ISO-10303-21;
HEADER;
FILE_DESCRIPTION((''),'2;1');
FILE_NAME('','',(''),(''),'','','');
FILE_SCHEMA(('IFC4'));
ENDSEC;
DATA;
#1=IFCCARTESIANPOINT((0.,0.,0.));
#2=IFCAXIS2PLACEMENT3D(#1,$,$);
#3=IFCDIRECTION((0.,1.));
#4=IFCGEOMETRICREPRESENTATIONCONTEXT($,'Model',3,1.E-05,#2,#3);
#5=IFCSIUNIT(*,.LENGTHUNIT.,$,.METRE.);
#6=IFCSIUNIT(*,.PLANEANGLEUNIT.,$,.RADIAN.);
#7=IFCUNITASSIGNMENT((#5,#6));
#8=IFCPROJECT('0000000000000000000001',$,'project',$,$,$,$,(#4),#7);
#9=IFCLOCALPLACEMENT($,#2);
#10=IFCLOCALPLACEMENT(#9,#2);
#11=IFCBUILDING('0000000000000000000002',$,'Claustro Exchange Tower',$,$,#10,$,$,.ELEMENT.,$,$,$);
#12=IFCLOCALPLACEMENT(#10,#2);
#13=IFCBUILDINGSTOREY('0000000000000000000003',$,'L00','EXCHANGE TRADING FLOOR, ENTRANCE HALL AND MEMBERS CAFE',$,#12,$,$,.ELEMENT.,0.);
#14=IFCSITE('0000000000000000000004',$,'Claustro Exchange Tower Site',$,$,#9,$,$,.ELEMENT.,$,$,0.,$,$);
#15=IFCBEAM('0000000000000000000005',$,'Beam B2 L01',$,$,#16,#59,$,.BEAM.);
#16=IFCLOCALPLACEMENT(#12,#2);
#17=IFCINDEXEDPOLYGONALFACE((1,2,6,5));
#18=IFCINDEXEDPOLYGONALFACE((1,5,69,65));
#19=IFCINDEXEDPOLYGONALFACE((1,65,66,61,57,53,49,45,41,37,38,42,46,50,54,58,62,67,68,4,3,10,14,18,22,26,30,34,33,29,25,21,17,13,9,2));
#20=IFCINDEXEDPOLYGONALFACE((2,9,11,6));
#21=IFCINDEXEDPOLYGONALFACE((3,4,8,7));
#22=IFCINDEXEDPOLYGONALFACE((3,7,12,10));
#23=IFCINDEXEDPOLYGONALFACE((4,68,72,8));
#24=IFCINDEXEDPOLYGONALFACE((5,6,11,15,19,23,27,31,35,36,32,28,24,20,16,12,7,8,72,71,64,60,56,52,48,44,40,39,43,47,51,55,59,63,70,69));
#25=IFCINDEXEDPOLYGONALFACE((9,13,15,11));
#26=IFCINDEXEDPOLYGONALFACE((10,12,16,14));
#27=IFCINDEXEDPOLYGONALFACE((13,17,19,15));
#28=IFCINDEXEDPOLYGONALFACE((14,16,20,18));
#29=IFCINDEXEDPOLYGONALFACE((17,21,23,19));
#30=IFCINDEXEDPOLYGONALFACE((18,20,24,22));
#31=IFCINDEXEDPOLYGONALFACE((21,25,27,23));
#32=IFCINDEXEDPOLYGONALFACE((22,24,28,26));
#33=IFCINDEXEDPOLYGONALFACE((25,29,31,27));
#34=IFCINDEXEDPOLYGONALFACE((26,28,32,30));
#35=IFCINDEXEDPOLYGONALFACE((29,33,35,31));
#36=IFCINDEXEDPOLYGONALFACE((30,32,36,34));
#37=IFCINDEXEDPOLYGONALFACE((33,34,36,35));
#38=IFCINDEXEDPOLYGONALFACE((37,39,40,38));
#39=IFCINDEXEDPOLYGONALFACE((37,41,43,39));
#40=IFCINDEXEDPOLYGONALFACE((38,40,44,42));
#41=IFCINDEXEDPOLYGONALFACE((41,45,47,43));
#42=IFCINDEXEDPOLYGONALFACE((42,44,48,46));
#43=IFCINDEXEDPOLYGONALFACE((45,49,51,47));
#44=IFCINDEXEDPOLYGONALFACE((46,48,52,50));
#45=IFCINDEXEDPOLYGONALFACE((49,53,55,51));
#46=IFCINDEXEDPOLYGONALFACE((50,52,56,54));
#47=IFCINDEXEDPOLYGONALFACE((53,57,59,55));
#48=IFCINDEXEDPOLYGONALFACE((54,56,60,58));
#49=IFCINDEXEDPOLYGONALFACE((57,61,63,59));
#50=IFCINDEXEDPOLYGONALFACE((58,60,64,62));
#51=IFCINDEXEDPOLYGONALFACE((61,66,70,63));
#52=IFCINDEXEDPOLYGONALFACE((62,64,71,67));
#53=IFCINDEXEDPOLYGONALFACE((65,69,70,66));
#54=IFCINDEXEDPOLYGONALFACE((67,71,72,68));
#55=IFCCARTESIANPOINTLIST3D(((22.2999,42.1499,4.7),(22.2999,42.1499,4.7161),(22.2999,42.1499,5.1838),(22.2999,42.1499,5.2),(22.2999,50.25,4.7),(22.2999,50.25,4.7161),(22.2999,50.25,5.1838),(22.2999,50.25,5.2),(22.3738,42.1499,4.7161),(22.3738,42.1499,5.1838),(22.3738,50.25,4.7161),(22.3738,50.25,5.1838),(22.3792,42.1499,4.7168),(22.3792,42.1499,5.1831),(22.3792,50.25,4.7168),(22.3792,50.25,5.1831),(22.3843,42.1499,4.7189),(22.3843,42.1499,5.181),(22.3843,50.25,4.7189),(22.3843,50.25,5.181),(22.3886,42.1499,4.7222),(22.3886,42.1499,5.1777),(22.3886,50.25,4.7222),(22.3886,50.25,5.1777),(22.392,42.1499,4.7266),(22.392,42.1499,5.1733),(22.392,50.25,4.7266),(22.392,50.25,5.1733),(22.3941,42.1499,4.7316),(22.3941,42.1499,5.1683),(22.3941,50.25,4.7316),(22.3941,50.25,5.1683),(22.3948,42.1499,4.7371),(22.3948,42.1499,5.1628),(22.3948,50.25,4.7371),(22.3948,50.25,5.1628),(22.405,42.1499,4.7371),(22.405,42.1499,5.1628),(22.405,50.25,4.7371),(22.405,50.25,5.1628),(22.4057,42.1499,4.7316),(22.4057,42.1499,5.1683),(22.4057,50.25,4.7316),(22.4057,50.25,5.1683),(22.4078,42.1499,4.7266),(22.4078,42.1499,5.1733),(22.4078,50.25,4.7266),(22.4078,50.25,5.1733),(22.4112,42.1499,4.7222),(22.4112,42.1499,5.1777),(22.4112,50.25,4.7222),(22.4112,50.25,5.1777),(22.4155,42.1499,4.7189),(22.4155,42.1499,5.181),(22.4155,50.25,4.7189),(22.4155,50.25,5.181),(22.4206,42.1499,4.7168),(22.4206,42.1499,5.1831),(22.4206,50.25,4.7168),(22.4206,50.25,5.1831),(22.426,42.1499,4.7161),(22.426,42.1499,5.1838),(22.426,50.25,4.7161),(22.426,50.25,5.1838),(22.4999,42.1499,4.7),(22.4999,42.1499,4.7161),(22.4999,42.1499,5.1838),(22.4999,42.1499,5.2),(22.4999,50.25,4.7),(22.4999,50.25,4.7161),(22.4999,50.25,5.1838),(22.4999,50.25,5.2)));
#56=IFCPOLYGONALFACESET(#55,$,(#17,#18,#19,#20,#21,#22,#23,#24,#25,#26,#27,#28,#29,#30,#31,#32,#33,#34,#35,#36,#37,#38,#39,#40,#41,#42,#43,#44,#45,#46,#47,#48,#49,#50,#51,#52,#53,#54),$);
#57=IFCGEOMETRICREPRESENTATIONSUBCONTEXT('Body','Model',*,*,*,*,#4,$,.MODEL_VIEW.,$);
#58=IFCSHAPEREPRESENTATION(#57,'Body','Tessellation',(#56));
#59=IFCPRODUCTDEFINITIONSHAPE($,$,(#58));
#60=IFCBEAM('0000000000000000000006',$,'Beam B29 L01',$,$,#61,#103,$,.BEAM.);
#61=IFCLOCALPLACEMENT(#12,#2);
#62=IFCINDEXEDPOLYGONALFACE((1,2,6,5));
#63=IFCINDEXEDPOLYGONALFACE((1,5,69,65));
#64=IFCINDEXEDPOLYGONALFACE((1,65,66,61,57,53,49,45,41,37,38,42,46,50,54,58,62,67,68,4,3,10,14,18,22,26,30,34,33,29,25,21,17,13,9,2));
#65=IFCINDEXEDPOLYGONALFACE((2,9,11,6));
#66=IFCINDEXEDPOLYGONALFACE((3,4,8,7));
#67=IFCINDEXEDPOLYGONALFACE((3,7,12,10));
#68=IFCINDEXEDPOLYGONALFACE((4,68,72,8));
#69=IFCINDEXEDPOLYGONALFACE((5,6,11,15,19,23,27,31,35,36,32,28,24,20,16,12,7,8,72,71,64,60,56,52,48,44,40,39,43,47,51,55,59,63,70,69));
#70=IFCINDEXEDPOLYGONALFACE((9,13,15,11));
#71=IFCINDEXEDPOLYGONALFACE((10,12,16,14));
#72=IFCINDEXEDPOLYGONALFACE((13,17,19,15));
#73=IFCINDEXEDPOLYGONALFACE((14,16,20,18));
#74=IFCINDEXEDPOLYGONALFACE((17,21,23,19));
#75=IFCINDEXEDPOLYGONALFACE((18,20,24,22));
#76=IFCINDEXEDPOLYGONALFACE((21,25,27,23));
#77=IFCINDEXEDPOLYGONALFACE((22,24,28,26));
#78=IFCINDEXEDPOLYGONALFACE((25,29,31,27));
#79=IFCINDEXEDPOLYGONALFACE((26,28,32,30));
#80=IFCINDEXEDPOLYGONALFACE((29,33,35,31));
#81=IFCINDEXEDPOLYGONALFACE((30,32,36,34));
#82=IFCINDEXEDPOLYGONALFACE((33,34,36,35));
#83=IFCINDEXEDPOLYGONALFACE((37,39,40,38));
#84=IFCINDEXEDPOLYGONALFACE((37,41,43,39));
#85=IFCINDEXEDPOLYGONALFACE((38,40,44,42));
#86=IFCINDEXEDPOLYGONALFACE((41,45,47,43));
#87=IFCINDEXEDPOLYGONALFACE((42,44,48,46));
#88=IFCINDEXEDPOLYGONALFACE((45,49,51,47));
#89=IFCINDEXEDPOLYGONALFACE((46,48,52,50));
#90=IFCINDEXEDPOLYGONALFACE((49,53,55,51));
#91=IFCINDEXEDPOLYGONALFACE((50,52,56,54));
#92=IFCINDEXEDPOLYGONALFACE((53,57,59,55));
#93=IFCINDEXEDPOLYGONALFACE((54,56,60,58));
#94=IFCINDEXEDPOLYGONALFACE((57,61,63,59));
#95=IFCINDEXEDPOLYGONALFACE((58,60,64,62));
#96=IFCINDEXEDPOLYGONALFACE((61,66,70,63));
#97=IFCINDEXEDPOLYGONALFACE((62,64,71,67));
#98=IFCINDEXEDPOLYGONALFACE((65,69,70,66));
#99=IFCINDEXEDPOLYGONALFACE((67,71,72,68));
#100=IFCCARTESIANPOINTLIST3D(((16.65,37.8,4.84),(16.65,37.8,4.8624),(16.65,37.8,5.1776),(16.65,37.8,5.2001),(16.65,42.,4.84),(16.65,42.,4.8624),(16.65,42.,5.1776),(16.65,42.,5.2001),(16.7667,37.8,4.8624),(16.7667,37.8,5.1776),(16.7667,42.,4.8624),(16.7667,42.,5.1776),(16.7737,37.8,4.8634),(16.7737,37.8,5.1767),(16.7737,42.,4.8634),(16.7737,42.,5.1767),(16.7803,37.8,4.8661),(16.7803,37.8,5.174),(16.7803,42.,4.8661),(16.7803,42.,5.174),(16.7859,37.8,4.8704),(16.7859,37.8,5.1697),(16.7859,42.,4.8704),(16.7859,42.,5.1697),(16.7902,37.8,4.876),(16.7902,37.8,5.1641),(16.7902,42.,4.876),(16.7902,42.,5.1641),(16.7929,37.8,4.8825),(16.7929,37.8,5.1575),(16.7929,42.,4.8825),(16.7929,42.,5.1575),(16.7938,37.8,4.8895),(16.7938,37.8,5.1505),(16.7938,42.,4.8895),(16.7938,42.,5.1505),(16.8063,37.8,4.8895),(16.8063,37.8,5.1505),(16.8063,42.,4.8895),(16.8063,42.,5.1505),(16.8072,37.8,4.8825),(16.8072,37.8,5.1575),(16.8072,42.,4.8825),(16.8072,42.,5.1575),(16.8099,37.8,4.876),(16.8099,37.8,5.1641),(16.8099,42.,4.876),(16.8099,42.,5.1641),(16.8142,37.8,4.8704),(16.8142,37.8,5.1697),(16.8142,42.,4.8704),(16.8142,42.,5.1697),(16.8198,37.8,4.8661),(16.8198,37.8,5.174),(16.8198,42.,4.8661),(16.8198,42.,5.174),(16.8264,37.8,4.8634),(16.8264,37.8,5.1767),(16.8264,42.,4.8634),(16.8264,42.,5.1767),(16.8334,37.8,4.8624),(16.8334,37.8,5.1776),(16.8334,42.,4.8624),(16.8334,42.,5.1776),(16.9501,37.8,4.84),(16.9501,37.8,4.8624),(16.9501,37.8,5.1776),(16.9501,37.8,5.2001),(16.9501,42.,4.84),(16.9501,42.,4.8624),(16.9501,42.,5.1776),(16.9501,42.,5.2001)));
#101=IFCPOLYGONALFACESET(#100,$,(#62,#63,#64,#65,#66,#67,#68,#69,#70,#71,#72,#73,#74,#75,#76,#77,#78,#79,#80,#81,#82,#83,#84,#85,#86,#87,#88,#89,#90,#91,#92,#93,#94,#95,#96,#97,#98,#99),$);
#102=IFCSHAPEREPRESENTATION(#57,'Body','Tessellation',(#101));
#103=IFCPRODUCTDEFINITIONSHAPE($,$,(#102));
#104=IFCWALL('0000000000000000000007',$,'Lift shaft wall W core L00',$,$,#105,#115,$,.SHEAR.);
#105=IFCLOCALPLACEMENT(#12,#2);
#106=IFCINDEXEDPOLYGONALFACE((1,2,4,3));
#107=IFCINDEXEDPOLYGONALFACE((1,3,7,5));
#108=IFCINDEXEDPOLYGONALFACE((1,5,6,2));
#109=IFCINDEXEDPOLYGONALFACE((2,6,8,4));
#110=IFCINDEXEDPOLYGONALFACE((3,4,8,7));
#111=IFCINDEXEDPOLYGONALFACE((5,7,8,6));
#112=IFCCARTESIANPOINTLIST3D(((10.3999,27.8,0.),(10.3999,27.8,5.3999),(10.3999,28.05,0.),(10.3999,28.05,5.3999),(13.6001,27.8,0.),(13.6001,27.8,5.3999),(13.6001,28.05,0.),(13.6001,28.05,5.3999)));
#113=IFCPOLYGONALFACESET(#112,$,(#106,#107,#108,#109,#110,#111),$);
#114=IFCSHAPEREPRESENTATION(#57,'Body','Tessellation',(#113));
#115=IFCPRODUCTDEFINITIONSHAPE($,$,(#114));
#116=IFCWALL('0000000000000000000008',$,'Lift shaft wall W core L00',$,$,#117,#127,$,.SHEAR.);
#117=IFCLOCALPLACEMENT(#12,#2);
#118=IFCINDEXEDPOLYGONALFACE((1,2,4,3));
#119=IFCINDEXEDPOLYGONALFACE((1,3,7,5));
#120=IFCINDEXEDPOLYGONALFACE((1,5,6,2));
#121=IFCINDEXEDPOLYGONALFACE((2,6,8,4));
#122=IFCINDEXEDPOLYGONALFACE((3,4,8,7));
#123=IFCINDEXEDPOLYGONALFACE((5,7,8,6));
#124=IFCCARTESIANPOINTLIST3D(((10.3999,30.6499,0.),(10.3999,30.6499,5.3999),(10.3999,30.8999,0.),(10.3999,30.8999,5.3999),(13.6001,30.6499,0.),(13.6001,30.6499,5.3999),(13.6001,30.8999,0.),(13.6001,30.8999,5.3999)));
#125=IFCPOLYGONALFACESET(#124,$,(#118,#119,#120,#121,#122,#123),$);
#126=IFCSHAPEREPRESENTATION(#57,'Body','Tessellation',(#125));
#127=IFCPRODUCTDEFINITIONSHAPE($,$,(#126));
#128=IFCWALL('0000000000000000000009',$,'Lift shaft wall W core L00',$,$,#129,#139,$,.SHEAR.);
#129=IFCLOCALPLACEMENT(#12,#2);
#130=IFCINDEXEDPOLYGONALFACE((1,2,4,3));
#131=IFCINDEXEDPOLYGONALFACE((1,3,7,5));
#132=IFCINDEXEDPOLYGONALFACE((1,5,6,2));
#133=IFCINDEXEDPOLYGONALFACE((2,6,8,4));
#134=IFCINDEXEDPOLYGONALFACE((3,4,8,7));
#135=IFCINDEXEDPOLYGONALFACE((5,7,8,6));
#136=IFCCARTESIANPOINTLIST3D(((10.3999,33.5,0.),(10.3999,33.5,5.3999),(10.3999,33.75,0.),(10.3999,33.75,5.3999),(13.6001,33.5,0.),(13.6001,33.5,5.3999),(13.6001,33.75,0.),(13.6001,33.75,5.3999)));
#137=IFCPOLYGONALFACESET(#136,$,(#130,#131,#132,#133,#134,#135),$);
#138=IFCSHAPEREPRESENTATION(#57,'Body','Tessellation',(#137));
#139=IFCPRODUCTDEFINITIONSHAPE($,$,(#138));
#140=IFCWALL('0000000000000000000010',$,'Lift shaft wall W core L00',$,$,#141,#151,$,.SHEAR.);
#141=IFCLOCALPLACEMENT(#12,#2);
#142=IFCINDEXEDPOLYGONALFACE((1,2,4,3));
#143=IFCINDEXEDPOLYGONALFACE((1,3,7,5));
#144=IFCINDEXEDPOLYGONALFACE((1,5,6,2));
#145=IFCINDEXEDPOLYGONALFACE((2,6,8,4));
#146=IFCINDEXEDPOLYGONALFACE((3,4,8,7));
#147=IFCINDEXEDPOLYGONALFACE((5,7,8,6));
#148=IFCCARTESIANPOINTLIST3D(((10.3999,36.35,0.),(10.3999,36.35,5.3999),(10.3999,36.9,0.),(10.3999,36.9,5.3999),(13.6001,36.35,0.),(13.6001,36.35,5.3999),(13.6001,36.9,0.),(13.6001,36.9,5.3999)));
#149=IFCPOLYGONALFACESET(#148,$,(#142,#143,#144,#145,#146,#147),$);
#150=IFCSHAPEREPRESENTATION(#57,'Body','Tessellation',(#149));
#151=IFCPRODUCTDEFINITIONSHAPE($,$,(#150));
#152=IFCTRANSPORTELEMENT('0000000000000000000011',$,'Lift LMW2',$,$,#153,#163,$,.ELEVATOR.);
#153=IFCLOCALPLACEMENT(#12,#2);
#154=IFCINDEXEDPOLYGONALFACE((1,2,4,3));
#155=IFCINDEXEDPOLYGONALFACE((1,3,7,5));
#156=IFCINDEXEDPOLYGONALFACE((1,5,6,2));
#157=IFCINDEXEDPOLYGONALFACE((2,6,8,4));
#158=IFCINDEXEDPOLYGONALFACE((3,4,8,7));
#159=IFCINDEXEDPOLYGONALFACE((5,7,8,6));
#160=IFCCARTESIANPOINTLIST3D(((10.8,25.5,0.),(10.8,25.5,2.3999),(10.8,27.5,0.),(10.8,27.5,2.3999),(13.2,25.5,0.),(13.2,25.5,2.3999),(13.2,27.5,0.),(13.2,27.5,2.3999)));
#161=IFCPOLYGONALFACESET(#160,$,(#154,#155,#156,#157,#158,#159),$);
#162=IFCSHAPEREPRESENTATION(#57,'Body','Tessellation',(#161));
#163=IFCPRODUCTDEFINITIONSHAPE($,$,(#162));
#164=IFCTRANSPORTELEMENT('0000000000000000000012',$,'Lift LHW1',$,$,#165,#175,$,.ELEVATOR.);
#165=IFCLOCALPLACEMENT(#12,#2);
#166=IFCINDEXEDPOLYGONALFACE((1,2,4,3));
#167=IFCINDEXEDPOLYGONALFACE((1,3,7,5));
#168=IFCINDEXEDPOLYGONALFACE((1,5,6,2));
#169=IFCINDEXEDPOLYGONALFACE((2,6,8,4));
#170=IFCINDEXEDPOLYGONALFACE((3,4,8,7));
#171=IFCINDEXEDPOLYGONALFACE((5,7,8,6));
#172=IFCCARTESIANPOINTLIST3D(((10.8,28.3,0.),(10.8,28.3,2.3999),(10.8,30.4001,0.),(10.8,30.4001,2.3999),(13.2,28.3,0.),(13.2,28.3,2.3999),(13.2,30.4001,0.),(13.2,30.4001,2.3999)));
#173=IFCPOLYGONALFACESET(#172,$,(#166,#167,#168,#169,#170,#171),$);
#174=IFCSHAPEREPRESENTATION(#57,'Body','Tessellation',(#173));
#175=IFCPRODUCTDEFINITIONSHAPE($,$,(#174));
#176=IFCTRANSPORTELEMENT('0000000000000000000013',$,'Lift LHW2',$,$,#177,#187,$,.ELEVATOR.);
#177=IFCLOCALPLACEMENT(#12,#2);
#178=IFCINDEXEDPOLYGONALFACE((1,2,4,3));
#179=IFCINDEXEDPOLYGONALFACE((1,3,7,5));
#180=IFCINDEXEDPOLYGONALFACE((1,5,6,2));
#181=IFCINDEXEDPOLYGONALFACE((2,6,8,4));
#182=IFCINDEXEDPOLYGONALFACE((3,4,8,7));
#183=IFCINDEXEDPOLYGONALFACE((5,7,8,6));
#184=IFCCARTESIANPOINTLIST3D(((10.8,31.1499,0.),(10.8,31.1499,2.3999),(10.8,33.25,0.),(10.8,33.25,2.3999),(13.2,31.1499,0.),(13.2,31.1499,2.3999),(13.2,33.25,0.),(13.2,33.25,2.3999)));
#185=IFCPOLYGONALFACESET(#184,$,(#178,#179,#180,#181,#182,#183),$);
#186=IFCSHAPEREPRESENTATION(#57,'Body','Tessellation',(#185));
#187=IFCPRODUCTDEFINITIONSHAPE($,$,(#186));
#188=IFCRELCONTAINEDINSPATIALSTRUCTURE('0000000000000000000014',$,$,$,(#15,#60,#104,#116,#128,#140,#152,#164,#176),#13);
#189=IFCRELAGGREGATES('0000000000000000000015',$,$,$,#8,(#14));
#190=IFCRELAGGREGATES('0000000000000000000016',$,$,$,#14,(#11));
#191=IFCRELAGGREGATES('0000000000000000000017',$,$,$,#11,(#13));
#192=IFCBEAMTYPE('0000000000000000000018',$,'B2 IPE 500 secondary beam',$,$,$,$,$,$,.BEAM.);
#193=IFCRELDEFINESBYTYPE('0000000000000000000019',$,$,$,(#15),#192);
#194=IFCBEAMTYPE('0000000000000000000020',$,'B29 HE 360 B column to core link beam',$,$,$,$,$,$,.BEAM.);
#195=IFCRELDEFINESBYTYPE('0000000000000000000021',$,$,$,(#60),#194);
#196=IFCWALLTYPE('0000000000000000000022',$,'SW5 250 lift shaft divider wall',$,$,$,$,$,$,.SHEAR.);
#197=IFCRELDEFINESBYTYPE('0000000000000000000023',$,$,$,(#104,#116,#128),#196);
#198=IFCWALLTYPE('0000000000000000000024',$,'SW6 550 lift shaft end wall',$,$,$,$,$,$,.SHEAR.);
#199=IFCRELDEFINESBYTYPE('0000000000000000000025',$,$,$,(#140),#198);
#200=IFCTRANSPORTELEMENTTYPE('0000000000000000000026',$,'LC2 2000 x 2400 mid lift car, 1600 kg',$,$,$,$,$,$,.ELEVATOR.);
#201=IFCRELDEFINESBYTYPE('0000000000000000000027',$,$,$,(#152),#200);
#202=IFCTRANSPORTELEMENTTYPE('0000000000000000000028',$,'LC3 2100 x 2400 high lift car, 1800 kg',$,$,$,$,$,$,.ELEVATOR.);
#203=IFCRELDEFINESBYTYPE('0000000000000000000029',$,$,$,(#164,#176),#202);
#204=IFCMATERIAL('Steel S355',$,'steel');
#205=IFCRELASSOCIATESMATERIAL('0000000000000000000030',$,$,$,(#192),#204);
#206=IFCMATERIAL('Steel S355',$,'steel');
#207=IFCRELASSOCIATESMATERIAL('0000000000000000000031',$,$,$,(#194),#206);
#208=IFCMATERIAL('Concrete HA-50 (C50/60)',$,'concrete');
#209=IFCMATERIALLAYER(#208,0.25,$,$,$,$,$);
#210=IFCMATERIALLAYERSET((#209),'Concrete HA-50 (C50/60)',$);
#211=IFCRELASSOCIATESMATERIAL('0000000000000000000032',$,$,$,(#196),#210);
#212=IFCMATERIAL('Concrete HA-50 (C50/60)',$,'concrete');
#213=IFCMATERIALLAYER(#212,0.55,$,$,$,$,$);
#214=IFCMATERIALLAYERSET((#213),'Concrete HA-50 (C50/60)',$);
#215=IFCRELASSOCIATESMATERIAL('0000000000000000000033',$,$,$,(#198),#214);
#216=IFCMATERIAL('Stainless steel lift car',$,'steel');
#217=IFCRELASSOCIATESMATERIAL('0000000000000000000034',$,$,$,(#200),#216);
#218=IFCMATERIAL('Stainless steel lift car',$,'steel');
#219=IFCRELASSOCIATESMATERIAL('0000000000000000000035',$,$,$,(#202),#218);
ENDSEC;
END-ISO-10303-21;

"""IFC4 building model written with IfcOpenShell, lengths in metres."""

from ifc_helpers import new_model, si_unit, direction, frame, frame_2d, origin, origin_2d, place, context, subcontext, project, spatial, rectangle, i_section, extrude, material, layer, layer_set, material_profile, profile_set, type_object, element, save


model = new_model("IFC4")

# Units and contexts
model_context = context("Model", 3, precision=1e-05, world=origin(), true_north=direction((0.0, 1.0)))
body_context = subcontext(model_context, "Body", "Model", "MODEL_VIEW")
ifc_project = project(units=[si_unit("LENGTHUNIT", "METRE"), si_unit("PLANEANGLEUNIT", "RADIAN")], contexts=[model_context])

# Site, building, storey
site_placement = place(None, origin())
site = spatial("IfcSite", under=ifc_project, at=site_placement, Name="Claustro Exchange Tower Site", CompositionType="ELEMENT", RefElevation=0.0)
building_placement = place(site_placement, origin())
building = spatial("IfcBuilding", under=site, at=building_placement, Name="Claustro Exchange Tower", CompositionType="ELEMENT")
storey_placement = place(building_placement, origin())
storey = spatial("IfcBuildingStorey", under=building, at=storey_placement, Name="L00", Description="EXCHANGE TRADING FLOOR, ENTRANCE HALL AND MEMBERS CAFE", CompositionType="ELEMENT", Elevation=0.0)

# Beams
ifc_material_1 = material(Name="Steel S355", Category="steel")
ifc_material_profile_1 = material_profile(ifc_material_1, i_section(OverallWidth=0.2, OverallDepth=0.5, WebThickness=0.0103, FlangeThickness=0.0161, FilletRadius=0.021, at=origin_2d()), Name="IPE 500")
ifc_profile_set_1 = profile_set([ifc_material_profile_1], Name="Steel S355")
beam_type_1 = type_object("IfcBeamType", Name="B2 IPE 500 secondary beam", PredefinedType="BEAM", material=ifc_profile_set_1)
for number, where, z_axis, x_axis, name in (
    (1, (22.3999, 42.1499, 4.95), (0.0, 1.0, 0.0), (-1.0, 0.0, 0.0), "Beam B2 L01"),
):
    element("IfcBeam", number, at=place(storey_placement, frame(where, z_axis=z_axis, x_axis=x_axis)), inside=storey, type_object=beam_type_1, Name=name, PredefinedType="BEAM", context=body_context, shape_type="SweptSolid", body=[
        extrude(i_section(OverallWidth=0.2, OverallDepth=0.5, WebThickness=0.0103, FlangeThickness=0.0161, FilletRadius=0.021, at=origin_2d()), origin(), (0.0, 0.0, 1.0), 8.1001),
    ])
ifc_material_2 = material(Name="Steel S355", Category="steel")
ifc_material_profile_2 = material_profile(ifc_material_2, i_section(OverallWidth=0.3, OverallDepth=0.3601, WebThickness=0.0125, FlangeThickness=0.0225, FilletRadius=0.0271, at=origin_2d()), Name="HE 360 B")
ifc_profile_set_2 = profile_set([ifc_material_profile_2], Name="Steel S355")
beam_type_2 = type_object("IfcBeamType", Name="B29 HE 360 B column to core link beam", PredefinedType="BEAM", material=ifc_profile_set_2)
beam_1_placement = place(storey_placement, frame((16.8, 37.8, 5.02), z_axis=(0.0, 1.0, 0.0), x_axis=(-1.0, 0.0, 0.0)))
element("IfcBeam", 2, at=beam_1_placement, inside=storey, type_object=beam_type_2, Name="Beam B29 L01", PredefinedType="BEAM", context=body_context, shape_type="SweptSolid", body=[
    extrude(i_section(OverallWidth=0.3, OverallDepth=0.3601, WebThickness=0.0125, FlangeThickness=0.0225, FilletRadius=0.0271, at=origin_2d()), origin(), (0.0, 0.0, 1.0), 4.2),
])

# Walls
ifc_material_3 = material(Name="Concrete HA-50 (C50/60)", Category="concrete")
ifc_layer_1 = layer(ifc_material_3, 0.25)
ifc_layer_set_1 = layer_set([ifc_layer_1], Name="Concrete HA-50 (C50/60)")
wall_type_1 = type_object("IfcWallType", Name="SW5 250 lift shaft divider wall", PredefinedType="SHEAR", material=ifc_layer_set_1)
for number, where, z_axis, x_axis, name in (
    (3, (10.3999, 27.925, 0.0), (0.0, 0.0, 1.0), (1.0, 0.0, 0.0), "Lift shaft wall W core L00"),
    (4, (10.3999, 30.7749, 0.0), (0.0, 0.0, 1.0), (1.0, 0.0, 0.0), "Lift shaft wall W core L00"),
    (5, (10.3999, 33.625, 0.0), (0.0, 0.0, 1.0), (1.0, 0.0, 0.0), "Lift shaft wall W core L00"),
):
    element("IfcWall", number, at=place(storey_placement, frame(where, z_axis=z_axis, x_axis=x_axis)), inside=storey, type_object=wall_type_1, Name=name, PredefinedType="SHEAR", context=body_context, shape_type="SweptSolid", body=[
        extrude(rectangle(XDim=3.2002, YDim=0.25, at=frame_2d((1.6001, 0.0))), origin(), (0.0, 0.0, 1.0), 5.3999),
    ])
ifc_material_4 = material(Name="Concrete HA-50 (C50/60)", Category="concrete")
ifc_layer_2 = layer(ifc_material_4, 0.55)
ifc_layer_set_2 = layer_set([ifc_layer_2], Name="Concrete HA-50 (C50/60)")
wall_type_2 = type_object("IfcWallType", Name="SW6 550 lift shaft end wall", PredefinedType="SHEAR", material=ifc_layer_set_2)
wall_placement = place(storey_placement, frame((10.3999, 36.625, 0.0), z_axis=(0.0, 0.0, 1.0), x_axis=(1.0, 0.0, 0.0)))
element("IfcWall", 6, at=wall_placement, inside=storey, type_object=wall_type_2, Name="Lift shaft wall W core L00", PredefinedType="SHEAR", context=body_context, shape_type="SweptSolid", body=[
    extrude(rectangle(XDim=3.2002, YDim=0.55, at=frame_2d((1.6001, 0.0))), origin(), (0.0, 0.0, 1.0), 5.3999),
])

# Transport elements
ifc_material_5 = material(Name="Stainless steel lift car", Category="steel")
transport_element_type_1 = type_object("IfcTransportElementType", Name="LC2 2000 x 2400 mid lift car, 1600 kg", PredefinedType="ELEVATOR", material=ifc_material_5)
transport_element_placement = place(storey_placement, frame((12.0, 26.5, 0.0)))
element("IfcTransportElement", 7, at=transport_element_placement, inside=storey, type_object=transport_element_type_1, Name="Lift LMW2", PredefinedType="ELEVATOR", context=body_context, shape_type="SweptSolid", body=[
    extrude(rectangle(XDim=2.3999, YDim=2.0, at=origin_2d()), origin(), (0.0, 0.0, 1.0), 2.3999),
])
ifc_material_6 = material(Name="Stainless steel lift car", Category="steel")
transport_element_type_2 = type_object("IfcTransportElementType", Name="LC3 2100 x 2400 high lift car, 1800 kg", PredefinedType="ELEVATOR", material=ifc_material_6)
for number, where, name in (
    (8, (12.0, 29.3501, 0.0), "Lift LHW1"),
    (9, (12.0, 32.2, 0.0), "Lift LHW2"),
):
    element("IfcTransportElement", number, at=place(storey_placement, frame(where)), inside=storey, type_object=transport_element_type_2, Name=name, PredefinedType="ELEVATOR", context=body_context, shape_type="SweptSolid", body=[
        extrude(rectangle(XDim=2.3999, YDim=2.1001, at=origin_2d()), origin(), (0.0, 0.0, 1.0), 2.3999),
    ])

save(model, "model.ifc")
